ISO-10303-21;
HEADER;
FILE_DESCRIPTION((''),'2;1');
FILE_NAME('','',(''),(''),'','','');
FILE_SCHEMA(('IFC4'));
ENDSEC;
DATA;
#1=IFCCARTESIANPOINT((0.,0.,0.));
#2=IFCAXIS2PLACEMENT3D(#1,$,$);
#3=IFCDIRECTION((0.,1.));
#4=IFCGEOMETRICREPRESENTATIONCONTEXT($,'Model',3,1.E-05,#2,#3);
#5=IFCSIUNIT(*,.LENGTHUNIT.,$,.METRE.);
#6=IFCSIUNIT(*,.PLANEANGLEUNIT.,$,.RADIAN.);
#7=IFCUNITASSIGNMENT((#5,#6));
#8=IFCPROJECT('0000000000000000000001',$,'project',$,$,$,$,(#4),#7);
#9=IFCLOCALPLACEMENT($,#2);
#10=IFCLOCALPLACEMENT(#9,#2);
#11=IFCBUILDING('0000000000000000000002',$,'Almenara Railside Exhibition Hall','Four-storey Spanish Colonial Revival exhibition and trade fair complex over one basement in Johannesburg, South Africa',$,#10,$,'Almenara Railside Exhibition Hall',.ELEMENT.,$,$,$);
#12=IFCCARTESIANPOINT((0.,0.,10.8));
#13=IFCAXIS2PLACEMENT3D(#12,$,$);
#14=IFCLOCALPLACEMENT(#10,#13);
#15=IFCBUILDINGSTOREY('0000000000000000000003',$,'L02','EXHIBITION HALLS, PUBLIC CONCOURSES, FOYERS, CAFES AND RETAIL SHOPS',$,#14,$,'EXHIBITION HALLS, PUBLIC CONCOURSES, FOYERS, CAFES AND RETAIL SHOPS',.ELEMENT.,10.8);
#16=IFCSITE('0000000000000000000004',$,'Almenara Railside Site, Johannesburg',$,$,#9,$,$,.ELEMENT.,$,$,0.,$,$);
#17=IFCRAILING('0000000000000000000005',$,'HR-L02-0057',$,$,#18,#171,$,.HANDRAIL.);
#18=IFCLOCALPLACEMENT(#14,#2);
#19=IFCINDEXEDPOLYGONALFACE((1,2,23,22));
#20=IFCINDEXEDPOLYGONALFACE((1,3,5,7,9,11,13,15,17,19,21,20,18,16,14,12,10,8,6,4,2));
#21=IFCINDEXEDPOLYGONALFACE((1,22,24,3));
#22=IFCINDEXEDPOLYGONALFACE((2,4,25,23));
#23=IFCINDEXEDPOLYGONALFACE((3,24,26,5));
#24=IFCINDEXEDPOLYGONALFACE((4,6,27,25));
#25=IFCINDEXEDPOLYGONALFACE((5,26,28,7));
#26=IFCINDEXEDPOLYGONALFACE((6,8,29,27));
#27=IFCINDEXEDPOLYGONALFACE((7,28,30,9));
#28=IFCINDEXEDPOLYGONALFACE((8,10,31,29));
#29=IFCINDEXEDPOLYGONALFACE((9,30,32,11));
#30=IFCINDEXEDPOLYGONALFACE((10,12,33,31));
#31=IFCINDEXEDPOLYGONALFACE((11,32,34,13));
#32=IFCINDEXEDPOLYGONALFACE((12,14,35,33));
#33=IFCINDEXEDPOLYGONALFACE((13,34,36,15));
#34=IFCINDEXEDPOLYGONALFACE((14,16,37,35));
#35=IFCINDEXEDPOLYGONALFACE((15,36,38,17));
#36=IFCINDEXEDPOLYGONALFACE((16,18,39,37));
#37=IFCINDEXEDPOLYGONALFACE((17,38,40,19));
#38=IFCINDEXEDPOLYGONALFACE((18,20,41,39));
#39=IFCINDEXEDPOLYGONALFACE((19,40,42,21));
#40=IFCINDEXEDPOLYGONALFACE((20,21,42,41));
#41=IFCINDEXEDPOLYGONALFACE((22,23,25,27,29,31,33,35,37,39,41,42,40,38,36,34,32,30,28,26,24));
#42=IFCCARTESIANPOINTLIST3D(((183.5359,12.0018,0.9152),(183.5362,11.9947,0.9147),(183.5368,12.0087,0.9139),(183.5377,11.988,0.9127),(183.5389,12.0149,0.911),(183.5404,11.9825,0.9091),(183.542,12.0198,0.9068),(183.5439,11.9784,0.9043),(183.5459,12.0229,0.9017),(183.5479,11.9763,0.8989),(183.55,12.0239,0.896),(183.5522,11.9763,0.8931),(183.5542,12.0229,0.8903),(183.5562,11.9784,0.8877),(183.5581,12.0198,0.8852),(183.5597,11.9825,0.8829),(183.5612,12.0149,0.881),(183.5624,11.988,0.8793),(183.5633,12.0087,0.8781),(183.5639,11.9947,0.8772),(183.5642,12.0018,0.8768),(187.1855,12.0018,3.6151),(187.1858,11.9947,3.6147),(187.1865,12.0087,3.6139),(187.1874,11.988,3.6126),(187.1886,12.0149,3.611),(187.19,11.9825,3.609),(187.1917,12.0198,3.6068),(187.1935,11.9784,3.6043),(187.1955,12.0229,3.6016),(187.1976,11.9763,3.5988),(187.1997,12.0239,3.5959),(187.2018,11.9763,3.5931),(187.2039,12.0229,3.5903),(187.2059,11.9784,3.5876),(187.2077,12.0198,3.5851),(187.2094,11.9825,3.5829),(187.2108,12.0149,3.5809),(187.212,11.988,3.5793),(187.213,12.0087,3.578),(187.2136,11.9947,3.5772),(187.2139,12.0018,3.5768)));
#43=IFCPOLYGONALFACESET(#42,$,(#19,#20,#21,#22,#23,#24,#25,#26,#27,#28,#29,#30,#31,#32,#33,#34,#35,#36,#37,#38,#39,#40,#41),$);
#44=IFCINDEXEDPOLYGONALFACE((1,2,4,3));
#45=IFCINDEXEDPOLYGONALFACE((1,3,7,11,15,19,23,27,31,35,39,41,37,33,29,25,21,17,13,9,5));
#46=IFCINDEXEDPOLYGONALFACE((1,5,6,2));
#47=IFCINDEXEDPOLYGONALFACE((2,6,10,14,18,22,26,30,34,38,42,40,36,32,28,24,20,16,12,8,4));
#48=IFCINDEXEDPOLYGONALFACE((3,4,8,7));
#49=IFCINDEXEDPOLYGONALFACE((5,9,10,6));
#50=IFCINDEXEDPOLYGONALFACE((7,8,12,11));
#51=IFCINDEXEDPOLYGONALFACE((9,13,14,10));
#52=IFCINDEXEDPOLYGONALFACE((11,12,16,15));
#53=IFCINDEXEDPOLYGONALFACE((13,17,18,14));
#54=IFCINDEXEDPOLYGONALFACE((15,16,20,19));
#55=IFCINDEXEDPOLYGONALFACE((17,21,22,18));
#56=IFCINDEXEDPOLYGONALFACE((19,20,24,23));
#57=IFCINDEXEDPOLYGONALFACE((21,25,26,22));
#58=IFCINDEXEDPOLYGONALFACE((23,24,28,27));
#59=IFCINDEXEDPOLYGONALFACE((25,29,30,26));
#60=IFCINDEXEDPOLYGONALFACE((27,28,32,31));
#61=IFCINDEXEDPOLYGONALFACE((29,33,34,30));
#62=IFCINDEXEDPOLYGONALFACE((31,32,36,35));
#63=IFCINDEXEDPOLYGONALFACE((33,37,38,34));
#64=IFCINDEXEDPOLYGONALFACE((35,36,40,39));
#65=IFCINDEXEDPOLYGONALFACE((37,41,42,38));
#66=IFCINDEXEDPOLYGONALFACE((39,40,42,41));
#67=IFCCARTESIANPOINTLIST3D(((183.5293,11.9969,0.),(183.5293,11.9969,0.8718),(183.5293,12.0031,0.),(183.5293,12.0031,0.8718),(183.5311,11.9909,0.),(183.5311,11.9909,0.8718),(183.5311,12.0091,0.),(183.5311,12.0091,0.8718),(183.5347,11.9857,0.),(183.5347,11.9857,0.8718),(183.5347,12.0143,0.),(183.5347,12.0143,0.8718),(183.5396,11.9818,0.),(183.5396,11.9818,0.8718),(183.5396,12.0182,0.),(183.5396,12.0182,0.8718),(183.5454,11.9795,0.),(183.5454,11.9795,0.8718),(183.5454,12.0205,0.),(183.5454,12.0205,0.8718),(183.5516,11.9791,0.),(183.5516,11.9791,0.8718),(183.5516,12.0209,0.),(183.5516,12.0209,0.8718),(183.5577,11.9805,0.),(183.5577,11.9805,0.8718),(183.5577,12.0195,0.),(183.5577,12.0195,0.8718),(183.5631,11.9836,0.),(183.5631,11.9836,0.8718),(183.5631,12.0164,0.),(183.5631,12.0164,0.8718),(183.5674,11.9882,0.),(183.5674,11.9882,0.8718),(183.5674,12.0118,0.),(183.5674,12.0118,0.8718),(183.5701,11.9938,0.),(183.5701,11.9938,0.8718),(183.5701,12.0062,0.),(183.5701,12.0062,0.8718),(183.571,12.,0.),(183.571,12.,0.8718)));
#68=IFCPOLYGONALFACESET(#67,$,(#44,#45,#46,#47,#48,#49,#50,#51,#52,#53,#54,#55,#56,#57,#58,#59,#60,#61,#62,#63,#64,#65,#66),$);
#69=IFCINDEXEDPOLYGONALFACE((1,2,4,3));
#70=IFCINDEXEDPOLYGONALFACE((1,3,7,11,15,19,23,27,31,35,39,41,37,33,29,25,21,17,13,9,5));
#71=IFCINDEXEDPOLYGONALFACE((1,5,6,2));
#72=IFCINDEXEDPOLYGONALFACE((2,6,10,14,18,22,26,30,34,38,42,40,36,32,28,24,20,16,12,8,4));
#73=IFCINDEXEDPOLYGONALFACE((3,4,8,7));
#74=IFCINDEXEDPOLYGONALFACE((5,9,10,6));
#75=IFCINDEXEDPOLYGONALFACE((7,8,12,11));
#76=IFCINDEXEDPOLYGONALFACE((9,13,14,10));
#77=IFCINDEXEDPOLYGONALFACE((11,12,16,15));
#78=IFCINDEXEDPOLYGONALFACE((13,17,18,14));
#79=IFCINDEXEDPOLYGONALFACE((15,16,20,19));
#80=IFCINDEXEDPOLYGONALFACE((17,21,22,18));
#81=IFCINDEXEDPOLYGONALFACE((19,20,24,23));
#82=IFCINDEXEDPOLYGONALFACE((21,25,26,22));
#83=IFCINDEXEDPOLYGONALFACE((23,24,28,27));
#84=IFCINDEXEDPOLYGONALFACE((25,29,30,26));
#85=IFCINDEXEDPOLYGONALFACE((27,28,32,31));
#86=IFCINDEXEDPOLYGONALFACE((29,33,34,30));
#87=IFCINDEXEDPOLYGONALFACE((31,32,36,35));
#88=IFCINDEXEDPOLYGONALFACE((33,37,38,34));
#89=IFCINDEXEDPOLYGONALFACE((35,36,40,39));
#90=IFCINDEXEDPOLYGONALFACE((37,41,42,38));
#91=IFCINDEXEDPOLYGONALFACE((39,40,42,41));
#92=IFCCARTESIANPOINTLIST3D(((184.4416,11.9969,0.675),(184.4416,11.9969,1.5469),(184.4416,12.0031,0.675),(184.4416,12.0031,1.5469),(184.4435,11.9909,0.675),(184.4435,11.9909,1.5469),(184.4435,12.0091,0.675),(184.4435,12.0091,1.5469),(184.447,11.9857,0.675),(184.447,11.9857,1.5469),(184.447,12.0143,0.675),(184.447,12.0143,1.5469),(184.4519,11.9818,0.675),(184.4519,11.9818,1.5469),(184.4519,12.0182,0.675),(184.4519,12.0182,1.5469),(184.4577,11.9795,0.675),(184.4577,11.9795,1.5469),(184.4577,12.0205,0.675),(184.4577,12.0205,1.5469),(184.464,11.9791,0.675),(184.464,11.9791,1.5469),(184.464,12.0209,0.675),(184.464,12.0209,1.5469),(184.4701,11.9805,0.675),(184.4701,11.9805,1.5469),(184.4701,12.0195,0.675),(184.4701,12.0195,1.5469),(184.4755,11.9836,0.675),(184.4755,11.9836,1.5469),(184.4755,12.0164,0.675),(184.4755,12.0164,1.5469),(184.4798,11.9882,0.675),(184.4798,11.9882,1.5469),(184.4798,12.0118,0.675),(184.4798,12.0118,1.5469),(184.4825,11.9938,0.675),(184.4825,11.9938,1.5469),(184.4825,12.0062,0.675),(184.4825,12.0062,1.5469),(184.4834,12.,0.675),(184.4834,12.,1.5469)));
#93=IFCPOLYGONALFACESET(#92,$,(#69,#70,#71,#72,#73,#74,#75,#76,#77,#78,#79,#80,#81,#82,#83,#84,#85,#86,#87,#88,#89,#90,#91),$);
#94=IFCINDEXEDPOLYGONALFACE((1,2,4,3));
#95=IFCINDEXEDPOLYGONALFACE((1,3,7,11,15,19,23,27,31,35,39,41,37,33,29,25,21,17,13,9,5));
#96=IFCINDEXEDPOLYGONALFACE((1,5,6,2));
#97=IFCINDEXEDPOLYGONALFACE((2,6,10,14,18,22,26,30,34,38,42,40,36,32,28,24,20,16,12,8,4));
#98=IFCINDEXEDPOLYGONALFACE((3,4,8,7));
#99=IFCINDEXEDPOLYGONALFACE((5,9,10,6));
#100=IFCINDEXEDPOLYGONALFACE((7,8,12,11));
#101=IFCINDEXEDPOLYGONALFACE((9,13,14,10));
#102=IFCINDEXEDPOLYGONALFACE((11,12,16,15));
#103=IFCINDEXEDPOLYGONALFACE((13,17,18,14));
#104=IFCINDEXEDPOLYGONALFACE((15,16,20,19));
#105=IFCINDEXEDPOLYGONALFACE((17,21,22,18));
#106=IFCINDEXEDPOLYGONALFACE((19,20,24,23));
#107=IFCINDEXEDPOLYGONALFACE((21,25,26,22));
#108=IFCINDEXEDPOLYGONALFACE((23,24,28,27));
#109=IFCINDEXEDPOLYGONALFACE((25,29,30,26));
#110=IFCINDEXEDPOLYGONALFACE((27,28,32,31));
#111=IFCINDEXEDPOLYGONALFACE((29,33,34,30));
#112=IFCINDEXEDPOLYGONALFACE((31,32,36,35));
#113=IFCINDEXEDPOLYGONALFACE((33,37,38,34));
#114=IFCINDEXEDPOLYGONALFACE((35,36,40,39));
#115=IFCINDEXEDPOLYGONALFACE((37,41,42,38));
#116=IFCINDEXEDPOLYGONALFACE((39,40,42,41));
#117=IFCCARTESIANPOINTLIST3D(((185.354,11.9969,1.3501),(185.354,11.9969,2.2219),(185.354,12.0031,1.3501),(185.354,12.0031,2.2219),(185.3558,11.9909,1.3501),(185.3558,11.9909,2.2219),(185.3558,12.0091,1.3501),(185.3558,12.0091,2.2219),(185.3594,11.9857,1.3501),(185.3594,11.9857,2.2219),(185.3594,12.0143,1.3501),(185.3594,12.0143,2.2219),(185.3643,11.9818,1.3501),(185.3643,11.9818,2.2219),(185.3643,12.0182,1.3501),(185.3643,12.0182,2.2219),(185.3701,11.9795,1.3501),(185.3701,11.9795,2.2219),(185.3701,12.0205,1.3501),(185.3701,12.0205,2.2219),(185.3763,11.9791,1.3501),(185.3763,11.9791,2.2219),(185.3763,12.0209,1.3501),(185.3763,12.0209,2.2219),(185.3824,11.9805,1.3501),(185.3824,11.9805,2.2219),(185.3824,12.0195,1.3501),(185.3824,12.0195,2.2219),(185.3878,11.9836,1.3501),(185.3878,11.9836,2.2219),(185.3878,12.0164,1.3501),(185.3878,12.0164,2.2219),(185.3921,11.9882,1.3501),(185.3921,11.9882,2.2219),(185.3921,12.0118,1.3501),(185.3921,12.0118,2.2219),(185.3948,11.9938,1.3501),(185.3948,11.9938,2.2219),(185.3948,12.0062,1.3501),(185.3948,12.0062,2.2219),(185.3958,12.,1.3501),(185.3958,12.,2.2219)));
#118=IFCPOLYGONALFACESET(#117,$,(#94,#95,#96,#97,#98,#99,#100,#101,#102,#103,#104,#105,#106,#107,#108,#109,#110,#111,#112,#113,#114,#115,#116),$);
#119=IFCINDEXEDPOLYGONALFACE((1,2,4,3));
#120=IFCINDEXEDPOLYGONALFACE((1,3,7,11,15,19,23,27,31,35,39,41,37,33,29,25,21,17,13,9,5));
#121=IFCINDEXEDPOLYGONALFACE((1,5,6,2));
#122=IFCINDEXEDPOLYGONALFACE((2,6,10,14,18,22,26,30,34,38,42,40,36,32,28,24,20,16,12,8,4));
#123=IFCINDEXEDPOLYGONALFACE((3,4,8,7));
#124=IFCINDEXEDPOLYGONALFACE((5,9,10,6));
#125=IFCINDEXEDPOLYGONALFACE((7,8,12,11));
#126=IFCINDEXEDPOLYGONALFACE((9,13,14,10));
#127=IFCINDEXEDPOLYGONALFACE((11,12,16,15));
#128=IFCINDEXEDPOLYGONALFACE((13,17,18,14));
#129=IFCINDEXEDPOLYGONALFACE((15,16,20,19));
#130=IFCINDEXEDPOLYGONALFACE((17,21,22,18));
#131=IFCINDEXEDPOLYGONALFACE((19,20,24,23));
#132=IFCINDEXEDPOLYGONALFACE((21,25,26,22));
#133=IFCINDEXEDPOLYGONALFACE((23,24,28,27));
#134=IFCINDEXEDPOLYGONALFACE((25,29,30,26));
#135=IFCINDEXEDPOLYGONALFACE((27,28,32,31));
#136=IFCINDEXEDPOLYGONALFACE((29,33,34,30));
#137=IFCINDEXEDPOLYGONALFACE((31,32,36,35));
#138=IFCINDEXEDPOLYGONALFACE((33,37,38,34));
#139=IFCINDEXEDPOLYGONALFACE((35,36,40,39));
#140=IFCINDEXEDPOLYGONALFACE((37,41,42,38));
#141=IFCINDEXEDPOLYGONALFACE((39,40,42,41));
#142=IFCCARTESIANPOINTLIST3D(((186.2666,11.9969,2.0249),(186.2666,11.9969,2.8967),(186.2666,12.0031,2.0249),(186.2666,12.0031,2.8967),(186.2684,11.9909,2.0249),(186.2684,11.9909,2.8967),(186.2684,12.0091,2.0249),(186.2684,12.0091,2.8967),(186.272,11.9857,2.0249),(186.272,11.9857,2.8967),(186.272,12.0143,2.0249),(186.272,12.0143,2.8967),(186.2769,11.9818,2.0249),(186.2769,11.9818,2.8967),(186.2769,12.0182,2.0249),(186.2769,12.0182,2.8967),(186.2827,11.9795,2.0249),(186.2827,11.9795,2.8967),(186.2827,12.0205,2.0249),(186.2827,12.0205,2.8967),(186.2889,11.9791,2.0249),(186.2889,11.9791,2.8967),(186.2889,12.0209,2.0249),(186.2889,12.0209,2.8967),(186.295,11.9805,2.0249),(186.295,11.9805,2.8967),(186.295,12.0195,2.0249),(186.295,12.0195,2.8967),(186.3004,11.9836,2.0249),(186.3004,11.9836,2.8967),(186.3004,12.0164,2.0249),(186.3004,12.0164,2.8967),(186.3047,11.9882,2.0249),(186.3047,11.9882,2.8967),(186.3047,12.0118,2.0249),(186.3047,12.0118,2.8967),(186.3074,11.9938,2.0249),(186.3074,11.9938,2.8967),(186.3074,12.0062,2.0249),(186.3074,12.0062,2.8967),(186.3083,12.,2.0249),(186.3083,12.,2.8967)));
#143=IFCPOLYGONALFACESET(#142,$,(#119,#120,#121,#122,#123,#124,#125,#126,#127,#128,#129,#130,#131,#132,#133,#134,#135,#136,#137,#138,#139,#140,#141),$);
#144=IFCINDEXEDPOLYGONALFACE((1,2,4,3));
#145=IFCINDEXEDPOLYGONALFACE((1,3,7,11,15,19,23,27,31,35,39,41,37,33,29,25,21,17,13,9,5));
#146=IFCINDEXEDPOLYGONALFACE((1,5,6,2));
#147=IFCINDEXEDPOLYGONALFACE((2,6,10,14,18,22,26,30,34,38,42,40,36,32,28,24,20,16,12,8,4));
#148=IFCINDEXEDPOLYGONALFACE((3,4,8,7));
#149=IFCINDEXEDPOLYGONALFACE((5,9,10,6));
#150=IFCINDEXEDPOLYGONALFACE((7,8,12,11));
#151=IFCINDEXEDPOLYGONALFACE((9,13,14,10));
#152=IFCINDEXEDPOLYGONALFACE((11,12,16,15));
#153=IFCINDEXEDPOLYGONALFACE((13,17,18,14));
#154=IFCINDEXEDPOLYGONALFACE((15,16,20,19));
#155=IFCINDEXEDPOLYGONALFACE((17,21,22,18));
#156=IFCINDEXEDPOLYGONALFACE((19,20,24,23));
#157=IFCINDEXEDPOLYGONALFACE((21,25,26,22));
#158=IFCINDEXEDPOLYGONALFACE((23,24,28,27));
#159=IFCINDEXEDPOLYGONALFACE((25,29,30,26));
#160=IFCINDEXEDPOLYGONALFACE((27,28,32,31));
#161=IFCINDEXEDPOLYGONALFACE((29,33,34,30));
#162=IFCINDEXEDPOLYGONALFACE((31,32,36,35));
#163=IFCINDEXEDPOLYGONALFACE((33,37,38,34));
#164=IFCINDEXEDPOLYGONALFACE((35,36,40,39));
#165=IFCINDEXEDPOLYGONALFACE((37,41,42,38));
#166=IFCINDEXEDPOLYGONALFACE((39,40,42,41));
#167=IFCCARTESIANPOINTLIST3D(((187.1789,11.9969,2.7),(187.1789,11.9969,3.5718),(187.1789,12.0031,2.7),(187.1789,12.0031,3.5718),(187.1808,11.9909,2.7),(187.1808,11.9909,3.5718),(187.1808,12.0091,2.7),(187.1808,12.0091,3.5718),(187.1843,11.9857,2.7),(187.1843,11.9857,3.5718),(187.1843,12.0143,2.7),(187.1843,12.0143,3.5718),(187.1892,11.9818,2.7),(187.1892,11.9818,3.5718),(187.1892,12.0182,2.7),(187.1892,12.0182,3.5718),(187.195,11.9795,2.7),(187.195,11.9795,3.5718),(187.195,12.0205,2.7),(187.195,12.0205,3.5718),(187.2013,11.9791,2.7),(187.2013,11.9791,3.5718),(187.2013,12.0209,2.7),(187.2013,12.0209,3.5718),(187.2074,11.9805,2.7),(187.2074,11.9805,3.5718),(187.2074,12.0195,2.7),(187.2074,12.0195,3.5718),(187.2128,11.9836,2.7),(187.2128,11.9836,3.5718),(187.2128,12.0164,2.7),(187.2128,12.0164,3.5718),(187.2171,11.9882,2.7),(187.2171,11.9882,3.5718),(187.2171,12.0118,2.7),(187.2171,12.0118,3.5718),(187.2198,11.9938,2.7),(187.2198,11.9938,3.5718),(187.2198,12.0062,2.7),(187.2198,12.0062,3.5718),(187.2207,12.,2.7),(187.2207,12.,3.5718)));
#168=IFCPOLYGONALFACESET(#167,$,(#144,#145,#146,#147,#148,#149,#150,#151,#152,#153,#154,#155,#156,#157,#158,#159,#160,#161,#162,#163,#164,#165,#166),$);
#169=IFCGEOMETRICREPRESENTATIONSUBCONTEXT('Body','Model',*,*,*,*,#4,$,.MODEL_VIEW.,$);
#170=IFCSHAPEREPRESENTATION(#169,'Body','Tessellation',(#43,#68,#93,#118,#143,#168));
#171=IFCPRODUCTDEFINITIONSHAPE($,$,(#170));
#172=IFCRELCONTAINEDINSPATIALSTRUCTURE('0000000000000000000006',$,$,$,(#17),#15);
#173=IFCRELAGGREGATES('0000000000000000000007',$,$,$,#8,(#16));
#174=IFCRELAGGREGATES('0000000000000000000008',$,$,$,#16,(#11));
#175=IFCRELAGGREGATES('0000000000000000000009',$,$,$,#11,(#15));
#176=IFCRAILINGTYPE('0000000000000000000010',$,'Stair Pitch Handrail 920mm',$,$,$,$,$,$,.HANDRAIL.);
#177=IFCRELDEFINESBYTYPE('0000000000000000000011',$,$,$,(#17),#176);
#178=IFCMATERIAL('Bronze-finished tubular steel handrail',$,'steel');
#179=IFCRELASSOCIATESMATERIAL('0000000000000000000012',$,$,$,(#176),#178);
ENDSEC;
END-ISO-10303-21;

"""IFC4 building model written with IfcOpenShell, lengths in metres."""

from ifc_helpers import new_model, si_unit, direction, frame, origin, origin_2d, place, context, subcontext, project, spatial, circle, extrude, material, type_object, element, save


model = new_model("IFC4")

# Units and contexts
model_context = context("Model", 3, precision=1e-05, world=origin(), true_north=direction((0.0, 1.0)))
body_context = subcontext(model_context, "Body", "Model", "MODEL_VIEW")
ifc_project = project(units=[si_unit("LENGTHUNIT", "METRE"), si_unit("PLANEANGLEUNIT", "RADIAN")], contexts=[model_context])

# Site, building, storey
site_placement = place(None, origin())
site = spatial("IfcSite", under=ifc_project, at=site_placement, Name="Almenara Railside Site, Johannesburg", CompositionType="ELEMENT", RefElevation=0.0)
building_placement = place(site_placement, origin())
building = spatial("IfcBuilding", under=site, at=building_placement, Name="Almenara Railside Exhibition Hall", Description="Four-storey Spanish Colonial Revival exhibition and trade fair complex over one basement in Johannesburg, South Africa", LongName="Almenara Railside Exhibition Hall", CompositionType="ELEMENT")
storey_placement = place(building_placement, frame((0.0, 0.0, 10.8)))
storey = spatial("IfcBuildingStorey", under=building, at=storey_placement, Name="L02", Description="EXHIBITION HALLS, PUBLIC CONCOURSES, FOYERS, CAFES AND RETAIL SHOPS", LongName="EXHIBITION HALLS, PUBLIC CONCOURSES, FOYERS, CAFES AND RETAIL SHOPS", CompositionType="ELEMENT", Elevation=10.8)

# Railing
ifc_material_1 = material(Name="Bronze-finished tubular steel handrail", Category="steel")
railing_type_1 = type_object("IfcRailingType", Name="Stair Pitch Handrail 920mm", PredefinedType="HANDRAIL", material=ifc_material_1)
railing_1_placement = place(storey_placement, frame((183.55, 12.0, 0.0)))
element("IfcRailing", 1, at=railing_1_placement, inside=storey, type_object=railing_type_1, Name="HR-L02-0057", PredefinedType="HANDRAIL", context=body_context, shape_type="SweptSolid", body=[
    extrude(circle(Radius=0.0239, at=origin_2d()), frame((0.0, 0.0, 0.896), z_axis=(0.803926, 0.0, 0.59473), x_axis=(0.0, 1.0, 0.0)), (0.0, 0.0, 1.0), 4.5398),
    extrude(circle(Radius=0.021, at=origin_2d()), origin(), (0.0, 0.0, 1.0), 0.8718),
    extrude(circle(Radius=0.021, at=origin_2d()), frame((0.9124, 0.0, 0.675)), (0.0, 0.0, 1.0), 0.8718),
    extrude(circle(Radius=0.021, at=origin_2d()), frame((1.8247, 0.0, 1.3501)), (0.0, 0.0, 1.0), 0.8718),
    extrude(circle(Radius=0.021, at=origin_2d()), frame((2.7373, 0.0, 2.0249)), (0.0, 0.0, 1.0), 0.8718),
    extrude(circle(Radius=0.021, at=origin_2d()), frame((3.6497, 0.0, 2.7)), (0.0, 0.0, 1.0), 0.8718),
])

save(model, "model.ifc")
